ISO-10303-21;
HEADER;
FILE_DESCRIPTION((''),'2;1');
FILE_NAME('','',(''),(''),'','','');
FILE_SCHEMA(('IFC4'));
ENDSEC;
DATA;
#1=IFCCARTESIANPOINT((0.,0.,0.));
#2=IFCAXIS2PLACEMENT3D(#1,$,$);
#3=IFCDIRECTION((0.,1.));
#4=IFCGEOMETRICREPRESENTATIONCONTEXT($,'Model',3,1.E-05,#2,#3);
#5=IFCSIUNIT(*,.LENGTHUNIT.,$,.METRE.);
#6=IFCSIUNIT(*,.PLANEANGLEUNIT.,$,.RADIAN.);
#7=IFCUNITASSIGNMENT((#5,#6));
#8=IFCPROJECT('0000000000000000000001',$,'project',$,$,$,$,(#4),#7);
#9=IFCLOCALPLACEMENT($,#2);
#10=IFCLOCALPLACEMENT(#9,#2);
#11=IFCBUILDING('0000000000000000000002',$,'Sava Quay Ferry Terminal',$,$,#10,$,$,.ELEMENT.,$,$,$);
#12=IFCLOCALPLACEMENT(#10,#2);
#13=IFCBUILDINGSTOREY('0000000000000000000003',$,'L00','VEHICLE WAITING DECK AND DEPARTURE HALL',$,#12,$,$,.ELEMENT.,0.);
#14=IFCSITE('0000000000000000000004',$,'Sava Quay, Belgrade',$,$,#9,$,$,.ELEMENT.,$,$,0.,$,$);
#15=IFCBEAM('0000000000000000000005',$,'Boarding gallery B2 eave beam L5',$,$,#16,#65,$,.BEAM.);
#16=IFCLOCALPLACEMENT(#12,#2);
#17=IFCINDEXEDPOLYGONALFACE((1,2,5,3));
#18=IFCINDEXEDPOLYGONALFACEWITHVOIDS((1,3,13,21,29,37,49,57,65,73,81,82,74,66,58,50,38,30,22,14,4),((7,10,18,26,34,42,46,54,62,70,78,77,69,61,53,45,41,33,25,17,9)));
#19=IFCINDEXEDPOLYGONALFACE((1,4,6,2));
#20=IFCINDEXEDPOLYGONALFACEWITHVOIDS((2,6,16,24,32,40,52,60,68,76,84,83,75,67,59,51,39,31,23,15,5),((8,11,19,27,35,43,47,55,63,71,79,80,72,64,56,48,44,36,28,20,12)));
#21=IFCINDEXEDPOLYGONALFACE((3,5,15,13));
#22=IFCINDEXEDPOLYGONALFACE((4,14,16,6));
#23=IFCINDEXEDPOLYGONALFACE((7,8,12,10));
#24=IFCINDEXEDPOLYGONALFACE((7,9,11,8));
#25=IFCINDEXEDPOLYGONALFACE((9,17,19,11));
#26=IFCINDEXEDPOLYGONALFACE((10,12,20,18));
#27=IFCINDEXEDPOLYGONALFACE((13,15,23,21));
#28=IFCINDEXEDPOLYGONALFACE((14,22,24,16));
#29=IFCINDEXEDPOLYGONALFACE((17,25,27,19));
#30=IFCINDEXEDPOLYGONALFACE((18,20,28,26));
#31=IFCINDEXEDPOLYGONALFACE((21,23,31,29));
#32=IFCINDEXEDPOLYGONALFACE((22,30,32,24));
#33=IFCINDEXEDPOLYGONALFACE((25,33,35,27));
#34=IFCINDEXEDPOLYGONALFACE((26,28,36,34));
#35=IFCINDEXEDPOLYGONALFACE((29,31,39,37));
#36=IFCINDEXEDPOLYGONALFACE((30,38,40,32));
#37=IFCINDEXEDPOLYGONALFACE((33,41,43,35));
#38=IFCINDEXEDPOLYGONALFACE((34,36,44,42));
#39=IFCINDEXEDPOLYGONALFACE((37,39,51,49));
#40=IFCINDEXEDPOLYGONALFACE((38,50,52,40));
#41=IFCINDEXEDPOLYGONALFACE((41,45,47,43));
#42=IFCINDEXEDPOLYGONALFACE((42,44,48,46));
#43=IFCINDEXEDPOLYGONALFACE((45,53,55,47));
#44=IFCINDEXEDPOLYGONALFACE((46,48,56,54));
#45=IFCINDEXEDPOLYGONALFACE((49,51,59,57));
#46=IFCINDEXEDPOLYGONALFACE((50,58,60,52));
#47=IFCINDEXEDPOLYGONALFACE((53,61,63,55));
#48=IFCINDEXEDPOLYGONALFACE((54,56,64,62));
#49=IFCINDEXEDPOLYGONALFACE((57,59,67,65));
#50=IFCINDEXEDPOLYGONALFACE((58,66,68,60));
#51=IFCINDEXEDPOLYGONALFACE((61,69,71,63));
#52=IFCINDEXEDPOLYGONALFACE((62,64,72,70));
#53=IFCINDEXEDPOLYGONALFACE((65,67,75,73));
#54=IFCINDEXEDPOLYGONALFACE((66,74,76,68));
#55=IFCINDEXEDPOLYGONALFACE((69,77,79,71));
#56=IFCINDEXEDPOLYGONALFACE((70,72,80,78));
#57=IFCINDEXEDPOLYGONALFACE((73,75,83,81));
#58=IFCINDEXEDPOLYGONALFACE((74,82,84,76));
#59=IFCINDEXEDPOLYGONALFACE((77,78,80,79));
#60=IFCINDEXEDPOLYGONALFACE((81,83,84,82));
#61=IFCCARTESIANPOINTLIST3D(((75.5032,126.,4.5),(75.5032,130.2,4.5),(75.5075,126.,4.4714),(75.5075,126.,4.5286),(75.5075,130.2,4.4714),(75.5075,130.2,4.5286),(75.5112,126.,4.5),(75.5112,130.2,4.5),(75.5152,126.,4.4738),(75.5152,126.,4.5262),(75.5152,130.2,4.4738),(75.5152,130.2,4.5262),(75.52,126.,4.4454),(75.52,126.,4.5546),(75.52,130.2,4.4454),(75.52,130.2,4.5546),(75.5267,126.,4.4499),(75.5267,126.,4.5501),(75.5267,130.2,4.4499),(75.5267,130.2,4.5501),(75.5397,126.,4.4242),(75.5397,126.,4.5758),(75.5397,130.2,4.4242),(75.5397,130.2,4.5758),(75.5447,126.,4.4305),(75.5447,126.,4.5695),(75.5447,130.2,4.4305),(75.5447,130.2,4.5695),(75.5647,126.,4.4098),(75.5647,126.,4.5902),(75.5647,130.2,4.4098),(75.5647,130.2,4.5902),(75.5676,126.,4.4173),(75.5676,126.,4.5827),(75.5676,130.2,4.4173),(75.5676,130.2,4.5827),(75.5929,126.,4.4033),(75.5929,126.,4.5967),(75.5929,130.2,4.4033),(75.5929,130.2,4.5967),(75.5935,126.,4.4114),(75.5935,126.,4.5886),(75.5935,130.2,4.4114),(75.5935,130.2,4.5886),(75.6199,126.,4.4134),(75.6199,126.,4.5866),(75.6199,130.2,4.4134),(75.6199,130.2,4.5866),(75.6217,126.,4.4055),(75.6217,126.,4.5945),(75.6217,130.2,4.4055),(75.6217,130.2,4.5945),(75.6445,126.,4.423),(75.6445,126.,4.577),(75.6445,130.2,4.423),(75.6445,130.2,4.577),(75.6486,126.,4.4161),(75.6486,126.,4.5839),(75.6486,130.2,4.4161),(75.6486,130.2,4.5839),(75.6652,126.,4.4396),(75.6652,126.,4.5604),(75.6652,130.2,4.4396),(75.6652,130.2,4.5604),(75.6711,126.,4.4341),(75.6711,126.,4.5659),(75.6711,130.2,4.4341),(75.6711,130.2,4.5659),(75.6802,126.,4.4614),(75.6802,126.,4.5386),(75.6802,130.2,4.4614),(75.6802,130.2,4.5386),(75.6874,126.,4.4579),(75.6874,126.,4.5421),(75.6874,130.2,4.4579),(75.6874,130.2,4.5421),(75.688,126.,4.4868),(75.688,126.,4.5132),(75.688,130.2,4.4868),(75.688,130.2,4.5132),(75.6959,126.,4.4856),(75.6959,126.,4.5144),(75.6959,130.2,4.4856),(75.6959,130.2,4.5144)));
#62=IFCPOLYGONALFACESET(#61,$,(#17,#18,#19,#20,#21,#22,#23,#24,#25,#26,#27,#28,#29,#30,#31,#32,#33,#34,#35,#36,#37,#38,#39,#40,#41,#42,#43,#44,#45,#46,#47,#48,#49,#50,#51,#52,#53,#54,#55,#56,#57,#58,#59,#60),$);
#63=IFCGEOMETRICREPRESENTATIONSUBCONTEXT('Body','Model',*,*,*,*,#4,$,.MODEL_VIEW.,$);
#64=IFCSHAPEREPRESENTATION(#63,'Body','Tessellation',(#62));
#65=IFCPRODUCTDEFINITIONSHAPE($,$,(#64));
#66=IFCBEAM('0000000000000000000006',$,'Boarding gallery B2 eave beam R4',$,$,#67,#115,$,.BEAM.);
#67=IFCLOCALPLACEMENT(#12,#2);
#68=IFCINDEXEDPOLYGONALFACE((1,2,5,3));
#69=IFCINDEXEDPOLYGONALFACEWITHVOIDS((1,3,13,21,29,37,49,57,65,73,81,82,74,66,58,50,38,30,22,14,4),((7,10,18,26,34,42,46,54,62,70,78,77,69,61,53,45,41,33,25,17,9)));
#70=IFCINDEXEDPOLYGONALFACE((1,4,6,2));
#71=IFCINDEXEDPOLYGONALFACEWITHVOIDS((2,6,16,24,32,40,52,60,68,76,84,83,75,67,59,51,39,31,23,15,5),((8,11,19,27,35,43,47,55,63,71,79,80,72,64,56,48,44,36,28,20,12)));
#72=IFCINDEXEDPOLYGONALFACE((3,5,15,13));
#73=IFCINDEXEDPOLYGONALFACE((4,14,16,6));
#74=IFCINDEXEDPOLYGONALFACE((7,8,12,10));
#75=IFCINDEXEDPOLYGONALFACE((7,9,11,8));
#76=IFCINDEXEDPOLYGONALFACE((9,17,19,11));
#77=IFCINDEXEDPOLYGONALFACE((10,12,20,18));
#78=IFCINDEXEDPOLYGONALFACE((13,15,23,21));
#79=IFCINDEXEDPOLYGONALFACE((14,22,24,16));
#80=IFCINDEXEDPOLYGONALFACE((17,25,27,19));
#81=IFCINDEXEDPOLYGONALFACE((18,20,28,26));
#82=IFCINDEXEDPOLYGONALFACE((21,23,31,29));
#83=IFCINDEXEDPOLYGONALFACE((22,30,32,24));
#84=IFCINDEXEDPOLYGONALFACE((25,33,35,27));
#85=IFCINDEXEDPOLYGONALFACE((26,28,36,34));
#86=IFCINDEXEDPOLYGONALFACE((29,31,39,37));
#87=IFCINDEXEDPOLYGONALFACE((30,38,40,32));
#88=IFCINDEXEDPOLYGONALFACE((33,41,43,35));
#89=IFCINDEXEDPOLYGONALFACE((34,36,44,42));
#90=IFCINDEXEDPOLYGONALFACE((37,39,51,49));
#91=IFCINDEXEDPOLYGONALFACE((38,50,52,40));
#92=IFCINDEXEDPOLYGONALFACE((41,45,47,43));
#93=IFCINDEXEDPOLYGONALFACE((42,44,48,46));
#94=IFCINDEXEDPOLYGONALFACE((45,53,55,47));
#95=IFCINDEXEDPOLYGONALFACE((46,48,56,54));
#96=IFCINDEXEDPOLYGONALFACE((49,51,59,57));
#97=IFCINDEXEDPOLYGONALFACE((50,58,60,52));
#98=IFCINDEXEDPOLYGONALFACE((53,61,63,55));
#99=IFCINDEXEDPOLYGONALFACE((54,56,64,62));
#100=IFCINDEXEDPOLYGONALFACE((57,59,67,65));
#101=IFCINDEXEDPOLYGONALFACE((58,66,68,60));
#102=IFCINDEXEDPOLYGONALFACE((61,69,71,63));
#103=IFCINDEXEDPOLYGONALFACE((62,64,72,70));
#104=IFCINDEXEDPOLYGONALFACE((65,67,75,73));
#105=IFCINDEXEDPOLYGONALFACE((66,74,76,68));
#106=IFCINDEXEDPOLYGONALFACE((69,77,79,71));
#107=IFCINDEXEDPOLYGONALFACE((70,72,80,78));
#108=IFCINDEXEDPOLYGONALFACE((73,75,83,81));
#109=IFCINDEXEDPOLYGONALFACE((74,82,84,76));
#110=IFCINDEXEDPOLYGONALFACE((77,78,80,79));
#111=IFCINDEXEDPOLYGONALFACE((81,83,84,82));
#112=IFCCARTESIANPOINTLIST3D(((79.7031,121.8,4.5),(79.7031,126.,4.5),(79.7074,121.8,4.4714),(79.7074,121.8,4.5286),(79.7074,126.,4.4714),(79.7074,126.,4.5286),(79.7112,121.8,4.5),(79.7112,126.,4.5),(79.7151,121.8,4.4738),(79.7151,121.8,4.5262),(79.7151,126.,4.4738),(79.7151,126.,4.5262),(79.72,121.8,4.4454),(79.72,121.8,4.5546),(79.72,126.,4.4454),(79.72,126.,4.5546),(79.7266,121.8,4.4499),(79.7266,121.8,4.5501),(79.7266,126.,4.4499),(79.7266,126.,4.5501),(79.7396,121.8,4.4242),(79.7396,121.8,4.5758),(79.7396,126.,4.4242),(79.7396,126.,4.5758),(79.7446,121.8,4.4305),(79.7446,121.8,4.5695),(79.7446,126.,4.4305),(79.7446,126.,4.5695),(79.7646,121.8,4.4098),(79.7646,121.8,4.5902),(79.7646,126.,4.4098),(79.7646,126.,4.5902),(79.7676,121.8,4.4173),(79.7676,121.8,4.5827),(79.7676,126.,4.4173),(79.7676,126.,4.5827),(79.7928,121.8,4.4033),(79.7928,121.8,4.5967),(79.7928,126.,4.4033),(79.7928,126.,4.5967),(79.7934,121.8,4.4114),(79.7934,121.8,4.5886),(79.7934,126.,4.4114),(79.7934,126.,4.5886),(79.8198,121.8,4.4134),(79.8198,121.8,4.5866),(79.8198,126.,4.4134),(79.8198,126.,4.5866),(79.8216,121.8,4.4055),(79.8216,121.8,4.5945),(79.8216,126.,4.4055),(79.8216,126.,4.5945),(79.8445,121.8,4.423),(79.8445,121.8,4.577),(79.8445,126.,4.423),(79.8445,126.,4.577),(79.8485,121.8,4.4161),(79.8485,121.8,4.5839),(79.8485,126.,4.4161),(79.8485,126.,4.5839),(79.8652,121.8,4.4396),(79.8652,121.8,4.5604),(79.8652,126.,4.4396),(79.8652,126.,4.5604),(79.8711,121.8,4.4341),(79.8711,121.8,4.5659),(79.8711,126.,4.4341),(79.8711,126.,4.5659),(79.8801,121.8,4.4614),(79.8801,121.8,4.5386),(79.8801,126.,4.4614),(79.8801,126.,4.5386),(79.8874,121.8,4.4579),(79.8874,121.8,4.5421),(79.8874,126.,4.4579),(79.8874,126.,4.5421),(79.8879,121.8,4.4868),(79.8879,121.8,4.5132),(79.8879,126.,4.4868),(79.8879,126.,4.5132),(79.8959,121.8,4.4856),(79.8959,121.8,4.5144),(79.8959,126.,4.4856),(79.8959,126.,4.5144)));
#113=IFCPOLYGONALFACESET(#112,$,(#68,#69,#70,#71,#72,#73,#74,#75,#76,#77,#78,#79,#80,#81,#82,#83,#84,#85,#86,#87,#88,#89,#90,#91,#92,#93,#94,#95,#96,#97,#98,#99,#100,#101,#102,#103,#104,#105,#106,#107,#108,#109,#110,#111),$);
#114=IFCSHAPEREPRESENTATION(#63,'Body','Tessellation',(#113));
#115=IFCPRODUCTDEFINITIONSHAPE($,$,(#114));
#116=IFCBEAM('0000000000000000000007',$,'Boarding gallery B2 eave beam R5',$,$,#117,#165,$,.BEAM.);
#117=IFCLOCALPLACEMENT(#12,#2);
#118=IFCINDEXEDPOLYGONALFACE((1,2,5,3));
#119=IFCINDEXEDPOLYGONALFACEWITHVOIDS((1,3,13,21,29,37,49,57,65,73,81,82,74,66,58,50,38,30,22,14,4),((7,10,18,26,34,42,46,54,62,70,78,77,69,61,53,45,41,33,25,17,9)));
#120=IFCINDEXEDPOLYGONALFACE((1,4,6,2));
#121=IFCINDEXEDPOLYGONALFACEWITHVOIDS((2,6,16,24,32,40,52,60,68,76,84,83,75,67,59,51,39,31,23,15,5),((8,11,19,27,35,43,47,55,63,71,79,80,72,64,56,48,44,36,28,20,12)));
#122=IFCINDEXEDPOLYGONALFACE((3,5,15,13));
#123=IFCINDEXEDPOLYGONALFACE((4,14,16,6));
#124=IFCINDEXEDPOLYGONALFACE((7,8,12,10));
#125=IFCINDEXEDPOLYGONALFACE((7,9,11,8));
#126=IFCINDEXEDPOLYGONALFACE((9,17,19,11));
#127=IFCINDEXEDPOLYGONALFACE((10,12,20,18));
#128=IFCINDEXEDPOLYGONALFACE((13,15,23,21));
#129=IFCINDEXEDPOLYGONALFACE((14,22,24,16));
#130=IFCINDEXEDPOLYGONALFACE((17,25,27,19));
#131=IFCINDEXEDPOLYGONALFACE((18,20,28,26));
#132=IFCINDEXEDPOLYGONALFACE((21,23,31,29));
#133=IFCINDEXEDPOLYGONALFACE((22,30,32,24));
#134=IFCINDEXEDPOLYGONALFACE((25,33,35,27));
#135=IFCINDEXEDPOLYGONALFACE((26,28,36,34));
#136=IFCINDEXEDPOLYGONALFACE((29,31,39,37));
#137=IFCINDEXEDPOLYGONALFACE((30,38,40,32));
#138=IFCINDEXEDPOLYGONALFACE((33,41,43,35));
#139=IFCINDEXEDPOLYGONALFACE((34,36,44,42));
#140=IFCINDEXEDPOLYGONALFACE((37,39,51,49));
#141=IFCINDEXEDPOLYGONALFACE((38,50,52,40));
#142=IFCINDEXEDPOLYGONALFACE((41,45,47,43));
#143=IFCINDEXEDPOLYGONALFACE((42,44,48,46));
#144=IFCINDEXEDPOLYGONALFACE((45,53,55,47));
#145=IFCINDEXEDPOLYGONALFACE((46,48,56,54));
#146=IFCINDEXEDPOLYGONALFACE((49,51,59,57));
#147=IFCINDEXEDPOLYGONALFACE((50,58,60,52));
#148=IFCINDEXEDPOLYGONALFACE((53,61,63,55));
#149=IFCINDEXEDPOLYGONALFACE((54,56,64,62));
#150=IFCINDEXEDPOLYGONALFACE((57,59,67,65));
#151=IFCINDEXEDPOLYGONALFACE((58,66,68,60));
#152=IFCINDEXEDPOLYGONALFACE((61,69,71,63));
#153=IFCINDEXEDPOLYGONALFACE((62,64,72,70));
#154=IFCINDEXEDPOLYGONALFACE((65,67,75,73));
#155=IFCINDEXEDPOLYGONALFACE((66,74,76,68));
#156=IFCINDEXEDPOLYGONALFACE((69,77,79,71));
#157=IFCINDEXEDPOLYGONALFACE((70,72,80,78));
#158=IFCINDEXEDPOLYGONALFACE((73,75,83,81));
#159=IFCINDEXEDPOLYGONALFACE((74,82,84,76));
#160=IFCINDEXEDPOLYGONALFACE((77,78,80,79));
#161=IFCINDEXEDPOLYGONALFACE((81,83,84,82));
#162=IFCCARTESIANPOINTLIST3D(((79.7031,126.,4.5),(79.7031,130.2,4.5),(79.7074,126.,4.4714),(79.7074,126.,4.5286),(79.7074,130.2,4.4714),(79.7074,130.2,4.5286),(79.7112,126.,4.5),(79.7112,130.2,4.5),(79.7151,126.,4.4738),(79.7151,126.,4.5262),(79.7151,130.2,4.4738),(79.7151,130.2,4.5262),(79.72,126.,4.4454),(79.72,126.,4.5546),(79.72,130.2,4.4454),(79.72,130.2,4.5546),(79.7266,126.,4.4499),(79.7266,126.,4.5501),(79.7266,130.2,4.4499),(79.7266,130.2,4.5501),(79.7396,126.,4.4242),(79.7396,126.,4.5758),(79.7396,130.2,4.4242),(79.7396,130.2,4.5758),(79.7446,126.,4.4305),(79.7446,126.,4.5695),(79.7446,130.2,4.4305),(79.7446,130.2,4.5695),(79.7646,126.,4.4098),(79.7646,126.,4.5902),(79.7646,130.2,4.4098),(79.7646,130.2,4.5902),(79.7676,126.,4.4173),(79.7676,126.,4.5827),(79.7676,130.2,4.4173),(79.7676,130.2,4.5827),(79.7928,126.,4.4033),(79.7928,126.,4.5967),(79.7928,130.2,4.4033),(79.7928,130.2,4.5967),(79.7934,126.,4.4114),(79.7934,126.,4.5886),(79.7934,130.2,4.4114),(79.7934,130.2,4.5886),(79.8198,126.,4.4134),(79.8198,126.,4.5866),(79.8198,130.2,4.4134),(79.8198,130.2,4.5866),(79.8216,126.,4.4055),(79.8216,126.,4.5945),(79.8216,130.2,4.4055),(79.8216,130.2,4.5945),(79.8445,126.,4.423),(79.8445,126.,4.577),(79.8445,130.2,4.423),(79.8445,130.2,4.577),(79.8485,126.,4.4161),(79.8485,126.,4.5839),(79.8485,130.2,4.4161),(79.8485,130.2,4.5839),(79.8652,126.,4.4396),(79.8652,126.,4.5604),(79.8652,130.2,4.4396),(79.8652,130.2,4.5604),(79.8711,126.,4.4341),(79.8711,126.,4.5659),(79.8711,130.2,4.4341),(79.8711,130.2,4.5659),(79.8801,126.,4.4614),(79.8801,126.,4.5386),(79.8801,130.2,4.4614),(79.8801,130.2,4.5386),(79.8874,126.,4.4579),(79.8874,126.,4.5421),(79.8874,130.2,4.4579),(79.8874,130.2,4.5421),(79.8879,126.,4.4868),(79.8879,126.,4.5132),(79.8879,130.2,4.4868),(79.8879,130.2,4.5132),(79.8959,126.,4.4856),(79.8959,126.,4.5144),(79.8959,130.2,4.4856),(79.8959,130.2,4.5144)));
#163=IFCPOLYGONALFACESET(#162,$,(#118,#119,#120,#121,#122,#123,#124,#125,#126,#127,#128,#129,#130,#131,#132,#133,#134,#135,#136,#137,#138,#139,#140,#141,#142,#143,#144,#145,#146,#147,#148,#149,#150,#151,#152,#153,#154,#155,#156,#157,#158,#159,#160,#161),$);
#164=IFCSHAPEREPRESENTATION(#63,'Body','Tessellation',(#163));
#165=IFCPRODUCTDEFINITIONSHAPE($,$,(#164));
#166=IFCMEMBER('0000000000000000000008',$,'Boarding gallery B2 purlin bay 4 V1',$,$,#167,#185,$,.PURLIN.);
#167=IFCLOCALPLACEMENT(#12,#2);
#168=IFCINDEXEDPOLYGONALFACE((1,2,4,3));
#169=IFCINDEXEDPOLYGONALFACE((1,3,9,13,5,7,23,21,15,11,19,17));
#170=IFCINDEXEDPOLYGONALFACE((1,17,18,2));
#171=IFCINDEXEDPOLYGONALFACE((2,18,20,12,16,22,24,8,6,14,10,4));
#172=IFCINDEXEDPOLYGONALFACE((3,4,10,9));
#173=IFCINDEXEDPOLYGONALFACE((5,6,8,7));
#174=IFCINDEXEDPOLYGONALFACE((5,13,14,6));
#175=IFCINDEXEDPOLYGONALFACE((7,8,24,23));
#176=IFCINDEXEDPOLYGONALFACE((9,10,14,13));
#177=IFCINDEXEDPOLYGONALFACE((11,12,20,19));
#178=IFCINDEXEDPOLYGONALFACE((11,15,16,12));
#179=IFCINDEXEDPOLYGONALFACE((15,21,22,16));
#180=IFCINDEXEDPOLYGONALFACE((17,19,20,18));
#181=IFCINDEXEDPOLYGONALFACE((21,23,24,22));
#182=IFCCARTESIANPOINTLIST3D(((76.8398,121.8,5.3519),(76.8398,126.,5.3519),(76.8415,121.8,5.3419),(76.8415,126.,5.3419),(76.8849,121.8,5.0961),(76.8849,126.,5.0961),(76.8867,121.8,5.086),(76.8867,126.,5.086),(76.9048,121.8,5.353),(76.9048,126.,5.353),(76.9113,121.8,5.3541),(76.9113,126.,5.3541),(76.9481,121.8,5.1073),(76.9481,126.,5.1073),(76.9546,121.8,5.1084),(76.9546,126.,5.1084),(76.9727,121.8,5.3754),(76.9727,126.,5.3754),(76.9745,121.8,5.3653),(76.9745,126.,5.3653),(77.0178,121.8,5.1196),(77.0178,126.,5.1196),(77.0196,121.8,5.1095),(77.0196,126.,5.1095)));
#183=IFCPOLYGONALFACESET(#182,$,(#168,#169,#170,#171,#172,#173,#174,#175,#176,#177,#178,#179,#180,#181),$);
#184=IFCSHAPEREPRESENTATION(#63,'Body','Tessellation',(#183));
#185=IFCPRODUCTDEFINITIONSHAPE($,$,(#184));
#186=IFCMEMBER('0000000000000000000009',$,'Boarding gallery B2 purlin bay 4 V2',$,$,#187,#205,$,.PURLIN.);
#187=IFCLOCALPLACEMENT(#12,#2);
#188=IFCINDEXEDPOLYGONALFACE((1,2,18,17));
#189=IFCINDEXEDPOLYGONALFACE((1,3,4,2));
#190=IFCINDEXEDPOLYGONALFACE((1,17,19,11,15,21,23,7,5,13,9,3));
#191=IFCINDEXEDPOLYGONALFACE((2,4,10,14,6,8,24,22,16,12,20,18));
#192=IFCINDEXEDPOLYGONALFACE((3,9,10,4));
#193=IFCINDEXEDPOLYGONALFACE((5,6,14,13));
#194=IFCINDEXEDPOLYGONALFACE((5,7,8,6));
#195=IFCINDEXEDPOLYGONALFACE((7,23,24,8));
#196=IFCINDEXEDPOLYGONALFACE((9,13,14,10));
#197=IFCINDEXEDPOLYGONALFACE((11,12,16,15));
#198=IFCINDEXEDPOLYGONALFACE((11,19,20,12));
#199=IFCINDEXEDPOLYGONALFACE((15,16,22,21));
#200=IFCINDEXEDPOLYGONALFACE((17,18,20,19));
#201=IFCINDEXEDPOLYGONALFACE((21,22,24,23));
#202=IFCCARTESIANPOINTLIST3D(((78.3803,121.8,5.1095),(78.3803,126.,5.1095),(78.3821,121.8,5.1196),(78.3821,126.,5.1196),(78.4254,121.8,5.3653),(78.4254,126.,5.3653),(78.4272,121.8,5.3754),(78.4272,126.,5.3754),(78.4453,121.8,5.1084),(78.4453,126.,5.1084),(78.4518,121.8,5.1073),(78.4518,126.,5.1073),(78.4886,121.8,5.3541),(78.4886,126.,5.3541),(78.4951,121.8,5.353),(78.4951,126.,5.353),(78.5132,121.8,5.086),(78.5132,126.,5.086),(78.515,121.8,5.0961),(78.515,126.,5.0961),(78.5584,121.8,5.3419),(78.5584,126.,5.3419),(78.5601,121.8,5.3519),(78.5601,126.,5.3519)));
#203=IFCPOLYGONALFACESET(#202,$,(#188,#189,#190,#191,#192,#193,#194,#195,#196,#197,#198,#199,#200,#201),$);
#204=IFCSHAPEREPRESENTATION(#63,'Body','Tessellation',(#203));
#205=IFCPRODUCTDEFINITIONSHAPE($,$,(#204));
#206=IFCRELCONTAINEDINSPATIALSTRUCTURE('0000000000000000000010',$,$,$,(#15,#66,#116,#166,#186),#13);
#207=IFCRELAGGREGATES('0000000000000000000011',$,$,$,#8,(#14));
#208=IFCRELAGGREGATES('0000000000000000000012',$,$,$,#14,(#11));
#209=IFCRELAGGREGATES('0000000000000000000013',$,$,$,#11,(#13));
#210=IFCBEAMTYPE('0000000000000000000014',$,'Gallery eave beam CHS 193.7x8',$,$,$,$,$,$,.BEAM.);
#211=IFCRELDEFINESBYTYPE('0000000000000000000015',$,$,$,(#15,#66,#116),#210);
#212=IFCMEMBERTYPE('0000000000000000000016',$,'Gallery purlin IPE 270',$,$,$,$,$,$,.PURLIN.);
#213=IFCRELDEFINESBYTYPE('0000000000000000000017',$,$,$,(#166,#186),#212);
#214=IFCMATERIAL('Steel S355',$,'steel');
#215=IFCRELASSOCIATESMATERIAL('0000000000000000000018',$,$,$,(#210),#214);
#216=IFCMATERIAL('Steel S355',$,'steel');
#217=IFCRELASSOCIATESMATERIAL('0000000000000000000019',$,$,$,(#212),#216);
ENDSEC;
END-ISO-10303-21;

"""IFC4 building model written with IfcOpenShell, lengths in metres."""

from ifc_helpers import new_model, si_unit, direction, frame, origin, origin_2d, place, context, subcontext, project, spatial, hollow_circle, i_section, extrude, material, material_profile, profile_set, type_object, element, save


model = new_model("IFC4")

# Units and contexts
model_context = context("Model", 3, precision=1e-05, world=origin(), true_north=direction((0.0, 1.0)))
body_context = subcontext(model_context, "Body", "Model", "MODEL_VIEW")
ifc_project = project(units=[si_unit("LENGTHUNIT", "METRE"), si_unit("PLANEANGLEUNIT", "RADIAN")], contexts=[model_context])

# Site, building, storey
site_placement = place(None, origin())
site = spatial("IfcSite", under=ifc_project, at=site_placement, Name="Sava Quay, Belgrade", CompositionType="ELEMENT", RefElevation=0.0)
building_placement = place(site_placement, origin())
building = spatial("IfcBuilding", under=site, at=building_placement, Name="Sava Quay Ferry Terminal", CompositionType="ELEMENT")
storey_placement = place(building_placement, origin())
storey = spatial("IfcBuildingStorey", under=building, at=storey_placement, Name="L00", Description="VEHICLE WAITING DECK AND DEPARTURE HALL", CompositionType="ELEMENT", Elevation=0.0)

# Beams
ifc_material_1 = material(Name="Steel S355", Category="steel")
ifc_material_profile_1 = material_profile(ifc_material_1, hollow_circle(Radius=0.0969, WallThickness=0.0081, at=origin_2d()), Name="CHS 193.7 x 8.0")
ifc_profile_set_1 = profile_set([ifc_material_profile_1], Name="Steel S355")
beam_type_1 = type_object("IfcBeamType", Name="Gallery eave beam CHS 193.7x8", PredefinedType="BEAM", material=ifc_profile_set_1)
for number, where, z_axis, x_axis, name in (
    (1, (75.6001, 126.0, 4.5), (0.0, 1.0, 0.0), (-1.0, 0.0, 0.0), "Boarding gallery B2 eave beam L5"),
    (2, (79.8, 121.8, 4.5), (0.0, 1.0, 0.0), (-1.0, 0.0, 0.0), "Boarding gallery B2 eave beam R4"),
    (3, (79.8, 126.0, 4.5), (0.0, 1.0, 0.0), (-1.0, 0.0, 0.0), "Boarding gallery B2 eave beam R5"),
):
    element("IfcBeam", number, at=place(storey_placement, frame(where, z_axis=z_axis, x_axis=x_axis)), inside=storey, type_object=beam_type_1, Name=name, PredefinedType="BEAM", context=body_context, shape_type="SweptSolid", body=[
        extrude(hollow_circle(Radius=0.0969, WallThickness=0.0081, at=origin_2d()), origin(), (0.0, 0.0, 1.0), 4.2),
    ])

# Members
ifc_material_2 = material(Name="Steel S355", Category="steel")
ifc_material_profile_2 = material_profile(ifc_material_2, i_section(OverallWidth=0.135, OverallDepth=0.27, WebThickness=0.0066, FlangeThickness=0.0103, at=origin_2d()), Name="IPE 270")
ifc_profile_set_2 = profile_set([ifc_material_profile_2], Name="Steel S355")
member_type_1 = type_object("IfcMemberType", Name="Gallery purlin IPE 270", PredefinedType="PURLIN", material=ifc_profile_set_2)
for number, where, z_axis, x_axis, name in (
    (4, (76.9297, 121.8, 5.2307), (0.0, 1.0, 0.0), (-0.984808, 0.0, -0.173648), "Boarding gallery B2 purlin bay 4 V1"),
    (5, (78.4702, 121.8, 5.2307), (0.0, 1.0, 0.0), (-0.984808, 0.0, 0.173648), "Boarding gallery B2 purlin bay 4 V2"),
):
    element("IfcMember", number, at=place(storey_placement, frame(where, z_axis=z_axis, x_axis=x_axis)), inside=storey, type_object=member_type_1, Name=name, PredefinedType="PURLIN", context=body_context, shape_type="SweptSolid", body=[
        extrude(i_section(OverallWidth=0.135, OverallDepth=0.27, WebThickness=0.0066, FlangeThickness=0.0103, at=origin_2d()), origin(), (0.0, 0.0, 1.0), 4.2),
    ])

save(model, "model.ifc")
